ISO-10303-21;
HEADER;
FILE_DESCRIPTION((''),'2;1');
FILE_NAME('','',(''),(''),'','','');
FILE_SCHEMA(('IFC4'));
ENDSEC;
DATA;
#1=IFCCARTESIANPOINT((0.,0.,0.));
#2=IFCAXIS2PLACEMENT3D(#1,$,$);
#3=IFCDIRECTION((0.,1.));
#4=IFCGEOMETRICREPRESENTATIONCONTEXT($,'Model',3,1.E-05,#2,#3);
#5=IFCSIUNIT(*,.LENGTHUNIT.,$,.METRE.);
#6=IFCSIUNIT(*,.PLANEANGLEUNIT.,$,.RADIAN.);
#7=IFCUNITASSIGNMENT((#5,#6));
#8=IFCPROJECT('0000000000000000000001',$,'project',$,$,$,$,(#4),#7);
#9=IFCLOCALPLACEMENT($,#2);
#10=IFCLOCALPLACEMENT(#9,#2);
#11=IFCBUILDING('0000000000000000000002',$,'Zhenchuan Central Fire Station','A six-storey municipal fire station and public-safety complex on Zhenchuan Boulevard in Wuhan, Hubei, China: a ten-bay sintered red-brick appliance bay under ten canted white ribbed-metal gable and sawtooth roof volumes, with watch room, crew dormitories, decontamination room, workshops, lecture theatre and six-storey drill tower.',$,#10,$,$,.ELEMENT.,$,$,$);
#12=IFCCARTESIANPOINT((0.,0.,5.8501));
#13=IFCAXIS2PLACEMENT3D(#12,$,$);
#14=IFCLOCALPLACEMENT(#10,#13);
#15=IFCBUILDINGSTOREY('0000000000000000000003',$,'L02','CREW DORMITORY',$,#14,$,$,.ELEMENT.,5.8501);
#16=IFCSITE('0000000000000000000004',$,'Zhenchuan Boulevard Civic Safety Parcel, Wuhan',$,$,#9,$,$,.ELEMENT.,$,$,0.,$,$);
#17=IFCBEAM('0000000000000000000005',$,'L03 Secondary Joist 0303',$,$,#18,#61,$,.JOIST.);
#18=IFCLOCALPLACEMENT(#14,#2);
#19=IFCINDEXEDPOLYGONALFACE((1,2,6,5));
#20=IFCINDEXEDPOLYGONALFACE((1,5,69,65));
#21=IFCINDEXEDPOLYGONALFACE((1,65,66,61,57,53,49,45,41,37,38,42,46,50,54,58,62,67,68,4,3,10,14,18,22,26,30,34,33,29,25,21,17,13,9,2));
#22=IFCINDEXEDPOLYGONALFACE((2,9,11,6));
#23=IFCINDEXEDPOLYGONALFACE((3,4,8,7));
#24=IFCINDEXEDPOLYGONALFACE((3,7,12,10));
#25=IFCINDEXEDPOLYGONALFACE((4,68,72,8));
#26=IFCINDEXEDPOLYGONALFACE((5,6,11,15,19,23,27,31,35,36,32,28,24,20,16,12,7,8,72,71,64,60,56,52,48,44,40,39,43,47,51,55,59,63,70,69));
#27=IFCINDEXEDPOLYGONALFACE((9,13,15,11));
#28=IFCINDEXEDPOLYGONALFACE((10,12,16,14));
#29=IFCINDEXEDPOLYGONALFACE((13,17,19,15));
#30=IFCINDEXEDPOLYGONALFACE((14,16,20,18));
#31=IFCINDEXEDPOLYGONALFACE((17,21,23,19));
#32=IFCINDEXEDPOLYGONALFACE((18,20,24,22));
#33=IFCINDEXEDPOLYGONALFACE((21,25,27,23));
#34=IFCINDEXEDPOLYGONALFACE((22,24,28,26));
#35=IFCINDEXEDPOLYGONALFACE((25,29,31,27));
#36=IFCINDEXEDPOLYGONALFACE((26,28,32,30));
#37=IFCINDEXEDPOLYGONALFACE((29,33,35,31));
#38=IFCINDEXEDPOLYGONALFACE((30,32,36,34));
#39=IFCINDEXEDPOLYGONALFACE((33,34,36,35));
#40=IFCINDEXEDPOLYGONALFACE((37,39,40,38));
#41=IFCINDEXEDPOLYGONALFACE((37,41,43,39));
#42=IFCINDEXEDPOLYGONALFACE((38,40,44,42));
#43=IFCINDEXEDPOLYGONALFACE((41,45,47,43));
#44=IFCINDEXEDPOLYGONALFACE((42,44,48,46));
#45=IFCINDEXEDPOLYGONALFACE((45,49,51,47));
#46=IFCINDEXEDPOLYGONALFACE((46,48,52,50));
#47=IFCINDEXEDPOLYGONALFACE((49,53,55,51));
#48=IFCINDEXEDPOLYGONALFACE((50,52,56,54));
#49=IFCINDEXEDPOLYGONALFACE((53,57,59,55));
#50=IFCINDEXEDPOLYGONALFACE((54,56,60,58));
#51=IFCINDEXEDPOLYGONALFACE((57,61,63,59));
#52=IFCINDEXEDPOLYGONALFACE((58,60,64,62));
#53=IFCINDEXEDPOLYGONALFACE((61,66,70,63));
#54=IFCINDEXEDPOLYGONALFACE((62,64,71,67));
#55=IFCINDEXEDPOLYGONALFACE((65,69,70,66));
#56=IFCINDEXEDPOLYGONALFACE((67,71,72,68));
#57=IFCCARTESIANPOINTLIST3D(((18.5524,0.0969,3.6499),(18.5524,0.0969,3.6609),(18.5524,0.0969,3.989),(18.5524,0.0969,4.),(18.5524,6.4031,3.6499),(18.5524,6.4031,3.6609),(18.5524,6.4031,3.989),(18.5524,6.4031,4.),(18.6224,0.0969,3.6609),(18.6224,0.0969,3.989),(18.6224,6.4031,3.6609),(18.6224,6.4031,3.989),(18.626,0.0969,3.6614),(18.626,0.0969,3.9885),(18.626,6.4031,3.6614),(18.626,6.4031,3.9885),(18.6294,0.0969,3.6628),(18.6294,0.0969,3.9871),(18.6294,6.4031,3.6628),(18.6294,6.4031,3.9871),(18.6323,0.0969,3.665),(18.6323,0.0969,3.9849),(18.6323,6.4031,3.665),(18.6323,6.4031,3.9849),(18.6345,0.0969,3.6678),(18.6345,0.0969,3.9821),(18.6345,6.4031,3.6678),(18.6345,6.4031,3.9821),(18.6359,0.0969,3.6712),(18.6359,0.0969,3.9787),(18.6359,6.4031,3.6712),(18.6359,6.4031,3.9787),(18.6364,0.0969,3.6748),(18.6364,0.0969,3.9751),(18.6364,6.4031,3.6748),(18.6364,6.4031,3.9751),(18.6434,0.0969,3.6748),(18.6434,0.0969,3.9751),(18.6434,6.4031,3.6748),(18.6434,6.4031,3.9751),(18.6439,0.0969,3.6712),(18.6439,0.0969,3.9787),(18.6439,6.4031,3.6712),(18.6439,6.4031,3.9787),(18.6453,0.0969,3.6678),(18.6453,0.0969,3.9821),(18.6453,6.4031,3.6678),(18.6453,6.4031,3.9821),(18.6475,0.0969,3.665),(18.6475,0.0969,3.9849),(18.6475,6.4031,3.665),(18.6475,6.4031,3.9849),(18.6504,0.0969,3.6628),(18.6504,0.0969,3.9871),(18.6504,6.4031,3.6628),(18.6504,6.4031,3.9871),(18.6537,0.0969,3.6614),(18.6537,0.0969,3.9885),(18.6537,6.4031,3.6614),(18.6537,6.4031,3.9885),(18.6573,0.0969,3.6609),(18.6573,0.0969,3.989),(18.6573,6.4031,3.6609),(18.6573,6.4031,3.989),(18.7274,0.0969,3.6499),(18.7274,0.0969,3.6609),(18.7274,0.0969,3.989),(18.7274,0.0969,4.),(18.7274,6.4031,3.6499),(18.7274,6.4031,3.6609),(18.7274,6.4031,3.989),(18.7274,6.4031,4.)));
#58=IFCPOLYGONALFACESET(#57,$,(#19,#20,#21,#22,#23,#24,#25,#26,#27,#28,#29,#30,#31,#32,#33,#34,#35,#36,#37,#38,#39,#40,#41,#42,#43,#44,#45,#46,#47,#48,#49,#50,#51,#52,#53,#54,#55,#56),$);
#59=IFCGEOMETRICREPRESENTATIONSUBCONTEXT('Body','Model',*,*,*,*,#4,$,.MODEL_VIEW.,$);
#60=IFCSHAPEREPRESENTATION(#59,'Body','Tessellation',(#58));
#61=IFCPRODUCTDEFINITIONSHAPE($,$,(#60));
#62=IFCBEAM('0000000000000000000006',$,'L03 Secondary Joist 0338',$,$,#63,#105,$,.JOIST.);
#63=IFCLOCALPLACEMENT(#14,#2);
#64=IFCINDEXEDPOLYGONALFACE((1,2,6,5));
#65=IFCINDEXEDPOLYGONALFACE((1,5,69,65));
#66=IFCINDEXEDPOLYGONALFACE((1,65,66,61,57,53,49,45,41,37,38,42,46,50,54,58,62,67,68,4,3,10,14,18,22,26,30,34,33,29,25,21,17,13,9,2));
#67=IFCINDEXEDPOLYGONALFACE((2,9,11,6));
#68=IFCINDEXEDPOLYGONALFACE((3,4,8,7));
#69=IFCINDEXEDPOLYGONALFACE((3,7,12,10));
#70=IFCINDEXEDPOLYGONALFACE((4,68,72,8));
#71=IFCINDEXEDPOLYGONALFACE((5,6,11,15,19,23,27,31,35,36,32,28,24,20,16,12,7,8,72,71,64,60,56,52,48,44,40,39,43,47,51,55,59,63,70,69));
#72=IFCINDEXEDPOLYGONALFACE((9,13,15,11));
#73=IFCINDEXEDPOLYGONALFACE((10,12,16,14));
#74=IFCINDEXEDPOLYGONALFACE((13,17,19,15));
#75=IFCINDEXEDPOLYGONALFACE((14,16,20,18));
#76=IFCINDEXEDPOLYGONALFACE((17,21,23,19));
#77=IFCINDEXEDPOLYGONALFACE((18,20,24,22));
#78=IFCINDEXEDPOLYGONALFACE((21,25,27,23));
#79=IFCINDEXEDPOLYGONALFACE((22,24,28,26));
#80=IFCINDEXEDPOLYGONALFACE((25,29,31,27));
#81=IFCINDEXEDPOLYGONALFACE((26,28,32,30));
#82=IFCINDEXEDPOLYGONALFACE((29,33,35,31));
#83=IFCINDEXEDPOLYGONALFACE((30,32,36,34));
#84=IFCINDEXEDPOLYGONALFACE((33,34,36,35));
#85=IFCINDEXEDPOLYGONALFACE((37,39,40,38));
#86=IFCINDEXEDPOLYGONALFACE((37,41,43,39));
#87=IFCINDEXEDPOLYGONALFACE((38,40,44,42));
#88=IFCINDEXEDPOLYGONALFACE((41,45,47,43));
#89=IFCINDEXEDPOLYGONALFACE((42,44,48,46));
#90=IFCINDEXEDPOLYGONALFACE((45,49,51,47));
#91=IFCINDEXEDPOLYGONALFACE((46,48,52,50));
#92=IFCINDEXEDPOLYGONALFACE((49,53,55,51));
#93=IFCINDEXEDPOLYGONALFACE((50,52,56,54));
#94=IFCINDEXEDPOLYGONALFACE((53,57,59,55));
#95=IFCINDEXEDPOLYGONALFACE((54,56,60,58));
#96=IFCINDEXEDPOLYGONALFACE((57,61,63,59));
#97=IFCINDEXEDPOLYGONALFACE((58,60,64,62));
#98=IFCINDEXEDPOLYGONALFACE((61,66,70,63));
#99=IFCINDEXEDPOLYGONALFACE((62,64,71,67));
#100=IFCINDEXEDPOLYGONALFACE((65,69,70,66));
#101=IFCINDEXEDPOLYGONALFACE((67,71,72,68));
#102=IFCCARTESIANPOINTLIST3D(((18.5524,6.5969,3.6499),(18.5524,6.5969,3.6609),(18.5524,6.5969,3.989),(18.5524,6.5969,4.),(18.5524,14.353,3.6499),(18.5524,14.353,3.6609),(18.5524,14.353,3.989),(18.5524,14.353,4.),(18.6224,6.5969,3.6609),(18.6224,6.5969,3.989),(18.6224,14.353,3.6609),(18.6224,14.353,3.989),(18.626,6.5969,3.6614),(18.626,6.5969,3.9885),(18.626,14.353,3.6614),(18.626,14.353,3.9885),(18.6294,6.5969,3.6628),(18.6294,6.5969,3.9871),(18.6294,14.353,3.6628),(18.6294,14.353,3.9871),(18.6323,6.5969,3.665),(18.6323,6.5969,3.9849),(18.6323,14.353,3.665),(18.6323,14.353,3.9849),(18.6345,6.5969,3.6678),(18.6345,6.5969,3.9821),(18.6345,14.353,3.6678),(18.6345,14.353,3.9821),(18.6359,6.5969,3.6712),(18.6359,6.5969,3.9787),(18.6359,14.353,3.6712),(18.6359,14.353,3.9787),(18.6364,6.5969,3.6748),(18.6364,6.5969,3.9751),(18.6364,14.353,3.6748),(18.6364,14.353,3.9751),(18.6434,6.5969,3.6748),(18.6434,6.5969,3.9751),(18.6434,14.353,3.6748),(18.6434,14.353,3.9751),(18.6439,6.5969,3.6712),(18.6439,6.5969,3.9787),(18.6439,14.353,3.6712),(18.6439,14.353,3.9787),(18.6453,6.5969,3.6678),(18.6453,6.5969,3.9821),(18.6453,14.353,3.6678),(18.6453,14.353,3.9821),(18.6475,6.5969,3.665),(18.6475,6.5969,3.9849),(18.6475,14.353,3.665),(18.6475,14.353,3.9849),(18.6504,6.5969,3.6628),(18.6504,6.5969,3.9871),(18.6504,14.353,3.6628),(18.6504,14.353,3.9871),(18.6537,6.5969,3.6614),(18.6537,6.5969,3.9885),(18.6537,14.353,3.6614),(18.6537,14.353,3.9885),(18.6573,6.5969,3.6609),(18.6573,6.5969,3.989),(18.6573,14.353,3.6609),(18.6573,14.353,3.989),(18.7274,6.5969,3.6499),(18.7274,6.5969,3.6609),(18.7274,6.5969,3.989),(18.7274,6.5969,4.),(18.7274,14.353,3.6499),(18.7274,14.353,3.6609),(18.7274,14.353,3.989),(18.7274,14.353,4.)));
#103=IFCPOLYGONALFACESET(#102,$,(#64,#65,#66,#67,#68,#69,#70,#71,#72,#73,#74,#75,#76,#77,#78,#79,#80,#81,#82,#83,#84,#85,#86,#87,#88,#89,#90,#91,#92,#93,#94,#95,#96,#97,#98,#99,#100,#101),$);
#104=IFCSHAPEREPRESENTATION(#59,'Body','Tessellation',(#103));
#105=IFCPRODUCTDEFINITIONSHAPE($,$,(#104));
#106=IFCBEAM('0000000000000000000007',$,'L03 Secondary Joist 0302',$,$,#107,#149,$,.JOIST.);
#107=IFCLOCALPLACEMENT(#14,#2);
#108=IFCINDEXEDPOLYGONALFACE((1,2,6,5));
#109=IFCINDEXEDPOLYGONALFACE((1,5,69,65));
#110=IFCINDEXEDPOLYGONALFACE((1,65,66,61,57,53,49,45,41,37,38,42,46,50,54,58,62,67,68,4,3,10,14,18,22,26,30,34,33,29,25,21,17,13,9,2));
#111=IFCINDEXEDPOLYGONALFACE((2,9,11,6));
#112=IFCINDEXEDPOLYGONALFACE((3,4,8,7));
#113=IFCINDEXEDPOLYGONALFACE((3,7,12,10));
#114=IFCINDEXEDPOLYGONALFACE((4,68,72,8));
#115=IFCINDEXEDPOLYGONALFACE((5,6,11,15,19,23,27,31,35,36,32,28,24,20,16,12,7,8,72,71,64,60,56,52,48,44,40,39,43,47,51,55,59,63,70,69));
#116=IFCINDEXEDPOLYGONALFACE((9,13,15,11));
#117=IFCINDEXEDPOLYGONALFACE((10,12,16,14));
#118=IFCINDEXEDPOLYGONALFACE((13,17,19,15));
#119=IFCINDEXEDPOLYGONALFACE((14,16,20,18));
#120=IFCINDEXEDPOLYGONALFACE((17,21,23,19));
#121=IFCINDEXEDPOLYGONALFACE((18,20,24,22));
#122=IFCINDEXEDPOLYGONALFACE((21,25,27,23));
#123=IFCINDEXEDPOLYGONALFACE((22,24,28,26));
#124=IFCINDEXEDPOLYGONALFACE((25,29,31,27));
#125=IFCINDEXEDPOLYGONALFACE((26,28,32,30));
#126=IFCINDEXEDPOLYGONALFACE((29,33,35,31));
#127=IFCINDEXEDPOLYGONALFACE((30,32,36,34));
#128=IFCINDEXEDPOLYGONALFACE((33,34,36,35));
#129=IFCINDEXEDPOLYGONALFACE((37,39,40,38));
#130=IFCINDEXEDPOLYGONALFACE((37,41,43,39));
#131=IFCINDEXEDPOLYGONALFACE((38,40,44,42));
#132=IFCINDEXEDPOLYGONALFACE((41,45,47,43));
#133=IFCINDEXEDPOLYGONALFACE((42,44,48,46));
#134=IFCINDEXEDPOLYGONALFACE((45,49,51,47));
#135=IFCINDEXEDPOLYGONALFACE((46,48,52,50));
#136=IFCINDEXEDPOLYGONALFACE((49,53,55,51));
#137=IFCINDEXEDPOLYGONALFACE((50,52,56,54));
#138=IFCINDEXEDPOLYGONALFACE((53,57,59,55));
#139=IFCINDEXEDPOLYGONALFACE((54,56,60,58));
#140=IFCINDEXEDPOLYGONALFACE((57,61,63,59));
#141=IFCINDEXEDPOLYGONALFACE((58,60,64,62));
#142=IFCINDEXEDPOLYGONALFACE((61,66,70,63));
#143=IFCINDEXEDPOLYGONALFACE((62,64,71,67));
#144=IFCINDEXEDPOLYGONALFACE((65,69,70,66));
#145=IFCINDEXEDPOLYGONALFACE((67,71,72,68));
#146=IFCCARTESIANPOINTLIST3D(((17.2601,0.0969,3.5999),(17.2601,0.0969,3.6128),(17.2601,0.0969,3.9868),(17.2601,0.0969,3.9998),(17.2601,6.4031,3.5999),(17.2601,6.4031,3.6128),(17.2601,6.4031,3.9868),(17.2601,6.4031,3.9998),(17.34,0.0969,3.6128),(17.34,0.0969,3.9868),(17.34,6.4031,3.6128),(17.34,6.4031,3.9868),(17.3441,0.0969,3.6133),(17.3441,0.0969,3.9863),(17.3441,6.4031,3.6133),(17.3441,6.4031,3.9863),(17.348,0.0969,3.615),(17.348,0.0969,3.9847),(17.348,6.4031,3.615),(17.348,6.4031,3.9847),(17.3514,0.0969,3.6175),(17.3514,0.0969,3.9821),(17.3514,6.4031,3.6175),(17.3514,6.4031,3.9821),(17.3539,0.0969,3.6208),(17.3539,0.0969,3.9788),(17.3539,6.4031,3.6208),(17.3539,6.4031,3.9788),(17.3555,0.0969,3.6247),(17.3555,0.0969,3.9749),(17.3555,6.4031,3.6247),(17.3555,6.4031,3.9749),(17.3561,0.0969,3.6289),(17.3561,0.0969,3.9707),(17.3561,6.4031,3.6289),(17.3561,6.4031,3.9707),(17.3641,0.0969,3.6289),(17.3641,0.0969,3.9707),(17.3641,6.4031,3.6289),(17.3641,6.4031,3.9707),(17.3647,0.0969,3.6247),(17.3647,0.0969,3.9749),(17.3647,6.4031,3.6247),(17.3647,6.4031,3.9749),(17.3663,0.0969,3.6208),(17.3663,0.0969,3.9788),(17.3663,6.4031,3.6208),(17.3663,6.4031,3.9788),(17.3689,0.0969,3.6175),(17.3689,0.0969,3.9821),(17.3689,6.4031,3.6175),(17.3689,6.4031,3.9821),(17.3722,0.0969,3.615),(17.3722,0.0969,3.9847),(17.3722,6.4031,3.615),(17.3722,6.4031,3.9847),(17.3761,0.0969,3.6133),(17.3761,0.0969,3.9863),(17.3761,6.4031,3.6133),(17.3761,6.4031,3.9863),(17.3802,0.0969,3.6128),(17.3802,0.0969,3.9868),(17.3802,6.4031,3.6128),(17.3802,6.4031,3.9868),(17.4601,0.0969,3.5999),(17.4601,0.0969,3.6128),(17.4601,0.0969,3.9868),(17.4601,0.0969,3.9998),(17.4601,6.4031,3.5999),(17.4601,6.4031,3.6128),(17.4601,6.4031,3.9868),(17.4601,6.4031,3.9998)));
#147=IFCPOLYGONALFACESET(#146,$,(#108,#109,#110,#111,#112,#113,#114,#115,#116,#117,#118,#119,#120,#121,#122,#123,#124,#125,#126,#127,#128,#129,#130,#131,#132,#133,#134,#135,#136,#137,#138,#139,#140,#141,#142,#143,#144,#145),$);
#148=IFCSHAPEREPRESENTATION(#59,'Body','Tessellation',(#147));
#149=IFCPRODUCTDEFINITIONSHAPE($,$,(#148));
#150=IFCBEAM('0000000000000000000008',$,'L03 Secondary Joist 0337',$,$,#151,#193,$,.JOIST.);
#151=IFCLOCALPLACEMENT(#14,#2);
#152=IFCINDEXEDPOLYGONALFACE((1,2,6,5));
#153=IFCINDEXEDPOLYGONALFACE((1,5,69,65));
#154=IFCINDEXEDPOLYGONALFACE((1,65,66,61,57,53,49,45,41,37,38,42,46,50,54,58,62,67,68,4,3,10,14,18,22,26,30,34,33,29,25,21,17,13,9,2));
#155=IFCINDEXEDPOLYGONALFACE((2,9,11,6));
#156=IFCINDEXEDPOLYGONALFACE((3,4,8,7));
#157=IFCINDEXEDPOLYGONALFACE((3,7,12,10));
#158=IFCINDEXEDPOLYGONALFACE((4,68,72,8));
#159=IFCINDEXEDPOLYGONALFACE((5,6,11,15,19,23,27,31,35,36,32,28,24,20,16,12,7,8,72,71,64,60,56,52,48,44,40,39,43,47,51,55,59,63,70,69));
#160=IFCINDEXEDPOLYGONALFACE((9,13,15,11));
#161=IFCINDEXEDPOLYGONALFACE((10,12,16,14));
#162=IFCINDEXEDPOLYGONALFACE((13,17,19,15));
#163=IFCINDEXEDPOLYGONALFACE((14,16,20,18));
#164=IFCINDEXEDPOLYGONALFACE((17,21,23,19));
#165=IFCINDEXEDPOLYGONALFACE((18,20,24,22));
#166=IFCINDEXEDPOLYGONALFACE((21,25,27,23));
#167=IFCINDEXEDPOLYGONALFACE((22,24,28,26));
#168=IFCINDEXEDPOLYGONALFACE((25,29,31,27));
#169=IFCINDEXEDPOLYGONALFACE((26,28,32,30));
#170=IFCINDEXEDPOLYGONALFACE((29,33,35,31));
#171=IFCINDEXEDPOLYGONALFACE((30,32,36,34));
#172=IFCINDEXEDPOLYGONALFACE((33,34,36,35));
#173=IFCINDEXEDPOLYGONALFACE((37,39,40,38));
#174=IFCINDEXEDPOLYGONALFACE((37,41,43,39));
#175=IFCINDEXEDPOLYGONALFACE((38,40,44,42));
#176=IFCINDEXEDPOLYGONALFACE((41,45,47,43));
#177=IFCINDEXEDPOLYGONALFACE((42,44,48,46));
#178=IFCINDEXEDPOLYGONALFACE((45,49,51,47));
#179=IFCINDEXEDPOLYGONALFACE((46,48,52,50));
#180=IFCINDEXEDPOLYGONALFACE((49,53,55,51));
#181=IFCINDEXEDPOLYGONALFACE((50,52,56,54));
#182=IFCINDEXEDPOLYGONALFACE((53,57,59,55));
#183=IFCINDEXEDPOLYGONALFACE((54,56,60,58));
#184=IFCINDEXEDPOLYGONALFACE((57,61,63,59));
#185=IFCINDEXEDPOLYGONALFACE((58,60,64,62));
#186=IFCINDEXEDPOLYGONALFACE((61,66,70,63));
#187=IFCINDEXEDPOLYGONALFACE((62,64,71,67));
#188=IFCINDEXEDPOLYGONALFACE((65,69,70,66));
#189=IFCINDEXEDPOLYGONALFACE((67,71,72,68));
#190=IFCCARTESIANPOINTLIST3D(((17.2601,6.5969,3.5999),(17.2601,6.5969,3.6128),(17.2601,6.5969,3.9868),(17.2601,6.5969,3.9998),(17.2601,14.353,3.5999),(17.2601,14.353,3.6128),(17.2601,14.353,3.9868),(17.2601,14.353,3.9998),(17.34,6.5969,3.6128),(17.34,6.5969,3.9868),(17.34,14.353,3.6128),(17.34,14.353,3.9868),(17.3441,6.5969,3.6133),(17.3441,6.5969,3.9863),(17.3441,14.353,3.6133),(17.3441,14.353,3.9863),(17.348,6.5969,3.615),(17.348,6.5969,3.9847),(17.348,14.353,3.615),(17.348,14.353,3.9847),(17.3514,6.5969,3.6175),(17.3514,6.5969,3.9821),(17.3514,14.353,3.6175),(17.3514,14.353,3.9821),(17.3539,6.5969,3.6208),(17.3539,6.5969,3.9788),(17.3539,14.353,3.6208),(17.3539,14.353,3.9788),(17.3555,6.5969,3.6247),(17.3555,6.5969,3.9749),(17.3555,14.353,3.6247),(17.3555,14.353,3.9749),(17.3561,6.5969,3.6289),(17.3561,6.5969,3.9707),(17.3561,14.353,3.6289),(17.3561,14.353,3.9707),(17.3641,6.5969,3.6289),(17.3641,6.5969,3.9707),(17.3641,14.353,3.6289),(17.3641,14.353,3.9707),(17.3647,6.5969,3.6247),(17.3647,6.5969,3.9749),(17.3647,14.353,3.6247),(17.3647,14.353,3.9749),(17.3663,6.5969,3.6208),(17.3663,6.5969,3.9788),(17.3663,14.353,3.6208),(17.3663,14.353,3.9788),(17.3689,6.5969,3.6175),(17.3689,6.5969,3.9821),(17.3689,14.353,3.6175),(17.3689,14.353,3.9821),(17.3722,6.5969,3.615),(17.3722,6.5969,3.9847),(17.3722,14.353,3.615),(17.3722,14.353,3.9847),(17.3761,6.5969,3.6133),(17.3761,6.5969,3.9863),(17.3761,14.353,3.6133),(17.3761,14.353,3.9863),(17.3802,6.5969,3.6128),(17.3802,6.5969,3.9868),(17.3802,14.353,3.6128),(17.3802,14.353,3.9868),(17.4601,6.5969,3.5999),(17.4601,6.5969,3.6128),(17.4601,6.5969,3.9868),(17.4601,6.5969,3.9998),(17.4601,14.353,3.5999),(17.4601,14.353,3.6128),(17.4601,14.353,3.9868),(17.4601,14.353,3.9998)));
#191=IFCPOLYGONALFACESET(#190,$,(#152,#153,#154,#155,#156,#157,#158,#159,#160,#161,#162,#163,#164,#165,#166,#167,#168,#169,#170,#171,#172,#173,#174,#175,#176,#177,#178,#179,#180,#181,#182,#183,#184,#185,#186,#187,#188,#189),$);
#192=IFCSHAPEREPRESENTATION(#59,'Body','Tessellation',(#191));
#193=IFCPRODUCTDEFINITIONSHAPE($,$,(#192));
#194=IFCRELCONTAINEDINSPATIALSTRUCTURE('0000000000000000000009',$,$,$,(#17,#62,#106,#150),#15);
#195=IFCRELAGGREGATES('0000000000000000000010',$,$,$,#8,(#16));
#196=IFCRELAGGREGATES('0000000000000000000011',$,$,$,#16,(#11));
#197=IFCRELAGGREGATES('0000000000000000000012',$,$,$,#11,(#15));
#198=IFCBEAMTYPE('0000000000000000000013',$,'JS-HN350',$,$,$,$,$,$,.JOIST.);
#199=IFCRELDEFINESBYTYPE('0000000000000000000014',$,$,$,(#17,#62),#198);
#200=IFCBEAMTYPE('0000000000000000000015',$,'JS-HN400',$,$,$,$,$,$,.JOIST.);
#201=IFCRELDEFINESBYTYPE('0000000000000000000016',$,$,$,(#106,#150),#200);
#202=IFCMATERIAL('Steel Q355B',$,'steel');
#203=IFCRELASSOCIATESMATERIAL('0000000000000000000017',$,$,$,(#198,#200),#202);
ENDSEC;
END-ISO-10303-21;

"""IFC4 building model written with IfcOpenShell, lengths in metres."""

from ifc_helpers import new_model, si_unit, direction, frame, origin, origin_2d, place, context, subcontext, project, spatial, i_section, extrude, material, material_profile, profile_set, type_object, element, save


model = new_model("IFC4")

# Units and contexts
model_context = context("Model", 3, precision=1e-05, world=origin(), true_north=direction((0.0, 1.0)))
body_context = subcontext(model_context, "Body", "Model", "MODEL_VIEW")
ifc_project = project(units=[si_unit("LENGTHUNIT", "METRE"), si_unit("PLANEANGLEUNIT", "RADIAN")], contexts=[model_context])

# Site, building, storey
site_placement = place(None, origin())
site = spatial("IfcSite", under=ifc_project, at=site_placement, Name="Zhenchuan Boulevard Civic Safety Parcel, Wuhan", CompositionType="ELEMENT", RefElevation=0.0)
building_placement = place(site_placement, origin())
building = spatial("IfcBuilding", under=site, at=building_placement, Name="Zhenchuan Central Fire Station", Description="A six-storey municipal fire station and public-safety complex on Zhenchuan Boulevard in Wuhan, Hubei, China: a ten-bay sintered red-brick appliance bay under ten canted white ribbed-metal gable and sawtooth roof volumes, with watch room, crew dormitories, decontamination room, workshops, lecture theatre and six-storey drill tower.", CompositionType="ELEMENT")
storey_placement = place(building_placement, frame((0.0, 0.0, 5.8501)))
storey = spatial("IfcBuildingStorey", under=building, at=storey_placement, Name="L02", Description="CREW DORMITORY", CompositionType="ELEMENT", Elevation=5.8501)

# Shared definitions
ifc_material_1 = material(Name="Steel Q355B", Category="steel")

# Beams
ifc_material_profile_1 = material_profile(ifc_material_1, i_section(OverallWidth=0.175, OverallDepth=0.3501, WebThickness=0.0071, FlangeThickness=0.011, FilletRadius=0.0139, at=origin_2d()), Name="HN 350x175")
ifc_profile_set_1 = profile_set([ifc_material_profile_1], Name="Steel Q355B")
beam_type_1 = type_object("IfcBeamType", Name="JS-HN350", PredefinedType="JOIST", material=ifc_profile_set_1)
beam_1_placement = place(storey_placement, frame((18.6399, 0.0969, 3.825), z_axis=(0.0, 1.0, 0.0), x_axis=(-1.0, 0.0, 0.0)))
element("IfcBeam", 1, at=beam_1_placement, inside=storey, type_object=beam_type_1, Name="L03 Secondary Joist 0303", PredefinedType="JOIST", context=body_context, shape_type="SweptSolid", body=[
    extrude(i_section(OverallWidth=0.175, OverallDepth=0.3501, WebThickness=0.0071, FlangeThickness=0.011, FilletRadius=0.0139, at=origin_2d()), origin(), (0.0, 0.0, 1.0), 6.3062),
])
beam_2_placement = place(storey_placement, frame((18.6399, 6.5969, 3.825), z_axis=(0.0, 1.0, 0.0), x_axis=(-1.0, 0.0, 0.0)))
element("IfcBeam", 2, at=beam_2_placement, inside=storey, type_object=beam_type_1, Name="L03 Secondary Joist 0338", PredefinedType="JOIST", context=body_context, shape_type="SweptSolid", body=[
    extrude(i_section(OverallWidth=0.175, OverallDepth=0.3501, WebThickness=0.0071, FlangeThickness=0.011, FilletRadius=0.0139, at=origin_2d()), origin(), (0.0, 0.0, 1.0), 7.7561),
])
ifc_material_profile_2 = material_profile(ifc_material_1, i_section(OverallWidth=0.2, OverallDepth=0.3999, WebThickness=0.0081, FlangeThickness=0.0129, FilletRadius=0.0161, at=origin_2d()), Name="HN 400x200")
ifc_profile_set_2 = profile_set([ifc_material_profile_2], Name="Steel Q355B")
beam_type_2 = type_object("IfcBeamType", Name="JS-HN400", PredefinedType="JOIST", material=ifc_profile_set_2)
beam_3_placement = place(storey_placement, frame((17.3601, 0.0969, 3.7998), z_axis=(0.0, 1.0, 0.0), x_axis=(-1.0, 0.0, 0.0)))
element("IfcBeam", 3, at=beam_3_placement, inside=storey, type_object=beam_type_2, Name="L03 Secondary Joist 0302", PredefinedType="JOIST", context=body_context, shape_type="SweptSolid", body=[
    extrude(i_section(OverallWidth=0.2, OverallDepth=0.3999, WebThickness=0.0081, FlangeThickness=0.0129, FilletRadius=0.0161, at=origin_2d()), origin(), (0.0, 0.0, 1.0), 6.3062),
])
beam_4_placement = place(storey_placement, frame((17.3601, 6.5969, 3.7998), z_axis=(0.0, 1.0, 0.0), x_axis=(-1.0, 0.0, 0.0)))
element("IfcBeam", 4, at=beam_4_placement, inside=storey, type_object=beam_type_2, Name="L03 Secondary Joist 0337", PredefinedType="JOIST", context=body_context, shape_type="SweptSolid", body=[
    extrude(i_section(OverallWidth=0.2, OverallDepth=0.3999, WebThickness=0.0081, FlangeThickness=0.0129, FilletRadius=0.0161, at=origin_2d()), origin(), (0.0, 0.0, 1.0), 7.7561),
])

save(model, "model.ifc")
